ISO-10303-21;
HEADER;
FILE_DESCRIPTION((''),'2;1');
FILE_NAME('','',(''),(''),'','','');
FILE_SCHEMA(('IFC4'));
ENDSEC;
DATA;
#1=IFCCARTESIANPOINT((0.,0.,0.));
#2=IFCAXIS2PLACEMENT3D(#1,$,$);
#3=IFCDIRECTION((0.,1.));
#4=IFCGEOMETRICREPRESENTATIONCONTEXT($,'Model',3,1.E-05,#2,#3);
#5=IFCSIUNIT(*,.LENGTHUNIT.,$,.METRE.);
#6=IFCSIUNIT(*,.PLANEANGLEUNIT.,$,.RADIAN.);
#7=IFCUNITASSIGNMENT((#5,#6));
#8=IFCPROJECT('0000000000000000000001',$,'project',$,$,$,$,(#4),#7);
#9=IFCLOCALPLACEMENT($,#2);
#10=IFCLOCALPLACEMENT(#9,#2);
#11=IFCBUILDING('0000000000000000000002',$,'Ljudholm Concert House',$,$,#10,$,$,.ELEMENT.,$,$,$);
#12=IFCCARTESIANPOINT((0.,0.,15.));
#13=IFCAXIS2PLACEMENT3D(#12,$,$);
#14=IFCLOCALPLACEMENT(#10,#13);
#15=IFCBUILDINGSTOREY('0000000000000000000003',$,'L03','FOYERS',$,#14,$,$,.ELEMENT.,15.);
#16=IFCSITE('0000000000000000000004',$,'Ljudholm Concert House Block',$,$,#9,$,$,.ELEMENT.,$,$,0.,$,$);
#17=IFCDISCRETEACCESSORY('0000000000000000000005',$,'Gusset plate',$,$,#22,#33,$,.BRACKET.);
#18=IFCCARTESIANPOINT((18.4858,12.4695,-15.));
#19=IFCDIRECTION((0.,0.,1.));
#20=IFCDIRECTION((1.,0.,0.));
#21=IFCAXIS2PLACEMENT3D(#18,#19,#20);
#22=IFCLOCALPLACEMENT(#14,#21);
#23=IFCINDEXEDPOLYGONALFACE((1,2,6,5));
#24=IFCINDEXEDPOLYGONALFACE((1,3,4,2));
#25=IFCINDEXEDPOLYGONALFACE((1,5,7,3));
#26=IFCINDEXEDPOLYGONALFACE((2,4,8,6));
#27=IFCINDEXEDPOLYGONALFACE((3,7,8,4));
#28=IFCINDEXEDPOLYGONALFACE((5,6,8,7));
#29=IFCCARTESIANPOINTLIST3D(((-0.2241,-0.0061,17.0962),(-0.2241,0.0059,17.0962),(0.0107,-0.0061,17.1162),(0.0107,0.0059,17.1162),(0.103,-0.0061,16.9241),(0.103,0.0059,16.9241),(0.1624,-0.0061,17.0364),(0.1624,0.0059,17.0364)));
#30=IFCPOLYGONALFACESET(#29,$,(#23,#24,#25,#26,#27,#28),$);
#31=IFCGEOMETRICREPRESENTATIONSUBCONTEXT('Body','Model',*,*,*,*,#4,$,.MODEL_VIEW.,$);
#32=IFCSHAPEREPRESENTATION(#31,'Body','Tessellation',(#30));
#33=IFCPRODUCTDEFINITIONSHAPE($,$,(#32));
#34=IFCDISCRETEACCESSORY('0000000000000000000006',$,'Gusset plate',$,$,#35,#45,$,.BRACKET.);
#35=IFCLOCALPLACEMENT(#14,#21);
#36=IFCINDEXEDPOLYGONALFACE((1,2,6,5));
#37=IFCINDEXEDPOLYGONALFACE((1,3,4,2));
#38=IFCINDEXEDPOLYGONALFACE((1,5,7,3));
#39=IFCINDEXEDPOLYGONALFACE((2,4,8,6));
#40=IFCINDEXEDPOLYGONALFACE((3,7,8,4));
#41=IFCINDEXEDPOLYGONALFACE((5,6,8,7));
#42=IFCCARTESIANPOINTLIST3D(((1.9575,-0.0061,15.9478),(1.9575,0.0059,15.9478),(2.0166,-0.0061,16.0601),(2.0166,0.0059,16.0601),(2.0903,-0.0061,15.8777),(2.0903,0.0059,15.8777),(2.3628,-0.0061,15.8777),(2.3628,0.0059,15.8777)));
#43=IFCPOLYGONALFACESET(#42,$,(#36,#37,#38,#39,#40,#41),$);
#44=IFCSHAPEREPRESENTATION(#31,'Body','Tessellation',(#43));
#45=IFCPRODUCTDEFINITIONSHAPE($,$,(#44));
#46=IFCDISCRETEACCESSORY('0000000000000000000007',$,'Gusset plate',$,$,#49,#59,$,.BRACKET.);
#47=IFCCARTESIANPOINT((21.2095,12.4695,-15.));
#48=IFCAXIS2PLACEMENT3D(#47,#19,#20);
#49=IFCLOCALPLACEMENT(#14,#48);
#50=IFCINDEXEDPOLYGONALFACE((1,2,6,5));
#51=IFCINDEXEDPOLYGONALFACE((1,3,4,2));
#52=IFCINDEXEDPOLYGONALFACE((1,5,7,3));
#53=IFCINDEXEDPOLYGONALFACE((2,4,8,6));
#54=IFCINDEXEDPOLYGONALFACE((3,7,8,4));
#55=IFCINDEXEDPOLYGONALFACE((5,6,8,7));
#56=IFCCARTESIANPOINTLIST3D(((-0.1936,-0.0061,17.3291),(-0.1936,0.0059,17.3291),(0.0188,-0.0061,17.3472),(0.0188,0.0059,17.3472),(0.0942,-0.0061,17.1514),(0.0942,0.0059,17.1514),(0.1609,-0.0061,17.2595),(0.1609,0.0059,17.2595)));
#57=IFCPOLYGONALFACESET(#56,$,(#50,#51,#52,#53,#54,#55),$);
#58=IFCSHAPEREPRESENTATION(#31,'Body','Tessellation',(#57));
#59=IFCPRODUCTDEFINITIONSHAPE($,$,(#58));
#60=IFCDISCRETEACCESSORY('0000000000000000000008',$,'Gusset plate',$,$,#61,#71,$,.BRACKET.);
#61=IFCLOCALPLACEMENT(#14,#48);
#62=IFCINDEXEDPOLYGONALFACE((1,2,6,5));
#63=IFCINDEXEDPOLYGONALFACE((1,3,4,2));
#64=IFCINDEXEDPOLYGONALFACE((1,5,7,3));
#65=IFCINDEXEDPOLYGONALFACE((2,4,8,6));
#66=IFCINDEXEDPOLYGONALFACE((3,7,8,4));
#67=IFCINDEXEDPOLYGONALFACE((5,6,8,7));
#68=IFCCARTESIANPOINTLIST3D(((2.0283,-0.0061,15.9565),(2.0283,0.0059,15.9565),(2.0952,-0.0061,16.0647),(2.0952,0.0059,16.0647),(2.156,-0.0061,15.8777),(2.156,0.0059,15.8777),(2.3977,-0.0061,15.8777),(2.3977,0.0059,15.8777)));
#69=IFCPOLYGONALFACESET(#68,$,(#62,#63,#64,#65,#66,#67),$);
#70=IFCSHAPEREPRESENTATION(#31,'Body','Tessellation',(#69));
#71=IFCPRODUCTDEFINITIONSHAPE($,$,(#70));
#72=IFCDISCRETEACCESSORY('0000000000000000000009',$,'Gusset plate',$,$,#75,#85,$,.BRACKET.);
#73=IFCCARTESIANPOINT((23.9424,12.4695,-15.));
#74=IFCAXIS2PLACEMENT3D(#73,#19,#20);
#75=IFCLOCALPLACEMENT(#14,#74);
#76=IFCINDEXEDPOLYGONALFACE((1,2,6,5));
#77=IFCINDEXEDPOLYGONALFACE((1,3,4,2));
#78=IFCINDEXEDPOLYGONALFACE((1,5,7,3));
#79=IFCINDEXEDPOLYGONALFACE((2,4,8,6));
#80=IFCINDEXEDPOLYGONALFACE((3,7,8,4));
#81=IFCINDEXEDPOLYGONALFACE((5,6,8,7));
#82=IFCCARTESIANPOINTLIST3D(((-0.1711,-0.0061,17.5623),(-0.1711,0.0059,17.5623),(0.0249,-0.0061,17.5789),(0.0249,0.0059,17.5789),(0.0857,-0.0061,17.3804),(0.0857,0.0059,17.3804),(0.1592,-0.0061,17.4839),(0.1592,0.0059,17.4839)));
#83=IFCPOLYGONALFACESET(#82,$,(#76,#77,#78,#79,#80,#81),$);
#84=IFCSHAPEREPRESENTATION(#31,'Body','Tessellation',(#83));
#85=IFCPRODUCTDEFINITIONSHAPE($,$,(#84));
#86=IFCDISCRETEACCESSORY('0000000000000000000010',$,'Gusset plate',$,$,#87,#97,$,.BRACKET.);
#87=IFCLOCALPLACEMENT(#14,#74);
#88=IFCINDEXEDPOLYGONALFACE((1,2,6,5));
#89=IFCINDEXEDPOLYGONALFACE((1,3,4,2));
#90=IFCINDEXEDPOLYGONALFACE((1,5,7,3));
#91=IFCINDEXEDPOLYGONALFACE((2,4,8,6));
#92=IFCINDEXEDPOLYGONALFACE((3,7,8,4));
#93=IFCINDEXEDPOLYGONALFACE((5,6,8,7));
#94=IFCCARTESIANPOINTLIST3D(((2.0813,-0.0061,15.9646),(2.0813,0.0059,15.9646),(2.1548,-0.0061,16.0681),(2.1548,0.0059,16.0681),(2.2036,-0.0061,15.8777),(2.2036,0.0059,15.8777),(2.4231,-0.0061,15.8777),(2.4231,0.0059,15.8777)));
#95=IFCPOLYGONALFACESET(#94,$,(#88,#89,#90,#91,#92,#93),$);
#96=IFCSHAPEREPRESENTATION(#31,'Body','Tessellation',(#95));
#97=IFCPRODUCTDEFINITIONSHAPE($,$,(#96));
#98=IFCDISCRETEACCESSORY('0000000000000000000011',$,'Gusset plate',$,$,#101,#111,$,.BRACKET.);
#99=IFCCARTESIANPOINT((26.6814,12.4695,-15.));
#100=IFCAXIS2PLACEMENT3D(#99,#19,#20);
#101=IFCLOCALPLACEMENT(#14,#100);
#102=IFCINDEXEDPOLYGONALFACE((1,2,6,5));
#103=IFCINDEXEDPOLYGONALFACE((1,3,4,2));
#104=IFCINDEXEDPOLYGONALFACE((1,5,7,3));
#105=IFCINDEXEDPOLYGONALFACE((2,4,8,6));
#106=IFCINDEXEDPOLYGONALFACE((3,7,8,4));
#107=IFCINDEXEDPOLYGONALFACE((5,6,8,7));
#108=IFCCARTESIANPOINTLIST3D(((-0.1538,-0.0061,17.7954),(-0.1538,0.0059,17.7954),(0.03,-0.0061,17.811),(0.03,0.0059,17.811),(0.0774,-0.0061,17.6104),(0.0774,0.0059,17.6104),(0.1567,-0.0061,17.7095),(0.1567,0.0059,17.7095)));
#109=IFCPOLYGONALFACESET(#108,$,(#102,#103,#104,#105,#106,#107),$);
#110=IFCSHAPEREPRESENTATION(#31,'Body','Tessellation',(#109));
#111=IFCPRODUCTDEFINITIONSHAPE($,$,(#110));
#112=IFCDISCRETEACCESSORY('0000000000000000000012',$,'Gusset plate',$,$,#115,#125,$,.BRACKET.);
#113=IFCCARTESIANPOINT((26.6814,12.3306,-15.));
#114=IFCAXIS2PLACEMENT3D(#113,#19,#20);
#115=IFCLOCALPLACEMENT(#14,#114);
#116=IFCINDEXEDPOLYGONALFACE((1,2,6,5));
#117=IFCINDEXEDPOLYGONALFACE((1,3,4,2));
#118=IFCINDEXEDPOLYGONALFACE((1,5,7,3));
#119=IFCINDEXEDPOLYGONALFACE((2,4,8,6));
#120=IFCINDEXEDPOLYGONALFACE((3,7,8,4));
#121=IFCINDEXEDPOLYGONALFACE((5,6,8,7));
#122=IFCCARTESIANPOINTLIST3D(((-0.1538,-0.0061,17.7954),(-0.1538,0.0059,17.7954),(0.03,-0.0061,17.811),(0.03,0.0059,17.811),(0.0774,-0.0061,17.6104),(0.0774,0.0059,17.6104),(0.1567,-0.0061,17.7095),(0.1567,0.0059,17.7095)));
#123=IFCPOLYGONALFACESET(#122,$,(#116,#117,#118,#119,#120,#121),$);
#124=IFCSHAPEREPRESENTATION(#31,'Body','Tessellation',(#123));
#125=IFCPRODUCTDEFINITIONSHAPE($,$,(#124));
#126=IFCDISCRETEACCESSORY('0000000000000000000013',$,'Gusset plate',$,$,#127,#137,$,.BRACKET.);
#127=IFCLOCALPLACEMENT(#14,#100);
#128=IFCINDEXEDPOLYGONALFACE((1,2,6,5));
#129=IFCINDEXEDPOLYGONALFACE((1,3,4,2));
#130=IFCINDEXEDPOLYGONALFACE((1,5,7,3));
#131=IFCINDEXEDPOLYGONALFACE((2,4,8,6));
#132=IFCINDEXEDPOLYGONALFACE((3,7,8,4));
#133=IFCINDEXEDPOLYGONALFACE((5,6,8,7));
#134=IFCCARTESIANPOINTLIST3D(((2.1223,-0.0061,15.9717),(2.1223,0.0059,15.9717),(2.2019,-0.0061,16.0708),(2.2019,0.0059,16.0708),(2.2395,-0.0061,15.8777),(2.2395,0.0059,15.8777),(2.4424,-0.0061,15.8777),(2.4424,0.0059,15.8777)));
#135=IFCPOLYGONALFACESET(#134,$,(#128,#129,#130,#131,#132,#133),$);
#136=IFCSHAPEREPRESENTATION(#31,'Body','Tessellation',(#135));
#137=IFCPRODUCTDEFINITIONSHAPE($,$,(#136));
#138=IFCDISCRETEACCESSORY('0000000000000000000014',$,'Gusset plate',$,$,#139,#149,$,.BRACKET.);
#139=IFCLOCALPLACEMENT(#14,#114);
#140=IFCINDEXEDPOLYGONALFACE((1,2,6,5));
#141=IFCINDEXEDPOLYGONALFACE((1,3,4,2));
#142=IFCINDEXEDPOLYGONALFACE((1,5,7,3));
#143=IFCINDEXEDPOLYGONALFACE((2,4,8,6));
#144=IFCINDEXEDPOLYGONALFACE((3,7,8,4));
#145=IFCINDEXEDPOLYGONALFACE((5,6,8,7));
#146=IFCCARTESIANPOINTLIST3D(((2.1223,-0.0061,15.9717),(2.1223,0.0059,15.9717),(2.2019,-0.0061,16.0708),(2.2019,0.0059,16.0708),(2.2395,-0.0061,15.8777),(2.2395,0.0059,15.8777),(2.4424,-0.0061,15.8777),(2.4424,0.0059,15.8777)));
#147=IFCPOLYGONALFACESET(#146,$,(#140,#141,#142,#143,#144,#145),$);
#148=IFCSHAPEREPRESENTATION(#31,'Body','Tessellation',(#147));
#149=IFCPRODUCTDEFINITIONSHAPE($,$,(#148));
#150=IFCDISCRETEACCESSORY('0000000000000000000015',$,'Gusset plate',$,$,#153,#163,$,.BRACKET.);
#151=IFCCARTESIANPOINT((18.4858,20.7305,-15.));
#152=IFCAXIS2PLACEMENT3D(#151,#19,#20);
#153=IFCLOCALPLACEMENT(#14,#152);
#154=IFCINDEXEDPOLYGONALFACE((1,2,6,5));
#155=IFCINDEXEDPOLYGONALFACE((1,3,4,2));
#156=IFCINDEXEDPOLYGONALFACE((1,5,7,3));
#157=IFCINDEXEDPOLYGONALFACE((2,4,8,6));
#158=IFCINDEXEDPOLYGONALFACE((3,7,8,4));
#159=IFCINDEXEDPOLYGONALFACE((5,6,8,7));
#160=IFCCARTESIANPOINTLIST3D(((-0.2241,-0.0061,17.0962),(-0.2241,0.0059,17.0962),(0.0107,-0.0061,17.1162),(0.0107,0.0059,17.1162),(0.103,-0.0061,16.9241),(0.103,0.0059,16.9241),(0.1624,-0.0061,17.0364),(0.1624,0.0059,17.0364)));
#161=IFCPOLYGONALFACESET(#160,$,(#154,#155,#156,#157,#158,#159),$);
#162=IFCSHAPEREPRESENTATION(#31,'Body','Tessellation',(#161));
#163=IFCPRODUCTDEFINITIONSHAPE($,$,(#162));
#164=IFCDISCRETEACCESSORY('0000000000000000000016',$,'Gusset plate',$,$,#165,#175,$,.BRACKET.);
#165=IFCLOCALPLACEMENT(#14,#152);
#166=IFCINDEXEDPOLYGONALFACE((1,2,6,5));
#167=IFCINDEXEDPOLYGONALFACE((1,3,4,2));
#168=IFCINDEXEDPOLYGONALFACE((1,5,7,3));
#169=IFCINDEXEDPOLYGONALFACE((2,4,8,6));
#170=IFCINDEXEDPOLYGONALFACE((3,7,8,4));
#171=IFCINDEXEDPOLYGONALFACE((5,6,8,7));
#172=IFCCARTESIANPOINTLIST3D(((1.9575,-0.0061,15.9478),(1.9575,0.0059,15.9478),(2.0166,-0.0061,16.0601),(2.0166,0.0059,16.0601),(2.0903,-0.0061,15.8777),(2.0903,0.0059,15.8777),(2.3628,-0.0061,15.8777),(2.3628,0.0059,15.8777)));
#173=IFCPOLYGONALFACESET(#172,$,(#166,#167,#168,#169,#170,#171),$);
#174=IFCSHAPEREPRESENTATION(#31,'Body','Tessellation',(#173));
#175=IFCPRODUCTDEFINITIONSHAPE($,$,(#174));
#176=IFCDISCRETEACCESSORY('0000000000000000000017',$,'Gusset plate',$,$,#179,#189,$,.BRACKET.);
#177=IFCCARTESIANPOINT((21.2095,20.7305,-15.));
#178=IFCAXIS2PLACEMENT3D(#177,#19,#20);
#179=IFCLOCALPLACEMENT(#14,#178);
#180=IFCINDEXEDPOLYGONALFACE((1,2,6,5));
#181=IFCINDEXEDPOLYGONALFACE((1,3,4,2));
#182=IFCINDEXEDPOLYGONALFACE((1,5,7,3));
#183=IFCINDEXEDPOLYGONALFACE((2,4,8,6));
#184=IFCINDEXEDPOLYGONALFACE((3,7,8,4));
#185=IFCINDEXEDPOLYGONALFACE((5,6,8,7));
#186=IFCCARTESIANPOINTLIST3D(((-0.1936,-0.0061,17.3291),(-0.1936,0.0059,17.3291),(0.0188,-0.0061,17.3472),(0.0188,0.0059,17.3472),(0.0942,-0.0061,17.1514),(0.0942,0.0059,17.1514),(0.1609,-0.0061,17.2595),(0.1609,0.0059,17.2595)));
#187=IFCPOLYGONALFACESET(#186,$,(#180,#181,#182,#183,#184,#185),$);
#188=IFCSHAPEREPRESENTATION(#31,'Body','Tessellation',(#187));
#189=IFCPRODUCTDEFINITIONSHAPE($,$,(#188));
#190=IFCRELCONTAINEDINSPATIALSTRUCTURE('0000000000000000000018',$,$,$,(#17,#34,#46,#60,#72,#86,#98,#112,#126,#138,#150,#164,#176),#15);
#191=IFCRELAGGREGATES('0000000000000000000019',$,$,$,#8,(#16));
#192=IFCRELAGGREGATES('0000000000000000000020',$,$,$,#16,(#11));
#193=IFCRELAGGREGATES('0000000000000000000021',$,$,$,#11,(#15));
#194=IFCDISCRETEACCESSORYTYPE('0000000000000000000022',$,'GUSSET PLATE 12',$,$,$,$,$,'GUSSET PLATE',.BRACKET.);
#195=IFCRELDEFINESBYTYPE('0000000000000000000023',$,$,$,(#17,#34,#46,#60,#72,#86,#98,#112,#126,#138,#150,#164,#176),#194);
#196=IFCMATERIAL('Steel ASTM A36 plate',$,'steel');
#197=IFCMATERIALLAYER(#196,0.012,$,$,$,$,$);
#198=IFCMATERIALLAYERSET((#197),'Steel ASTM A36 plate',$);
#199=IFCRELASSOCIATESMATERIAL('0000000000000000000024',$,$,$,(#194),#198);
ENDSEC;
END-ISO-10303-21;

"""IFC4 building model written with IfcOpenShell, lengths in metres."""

from ifc_helpers import new_model, si_unit, direction, frame, origin, place, context, subcontext, project, spatial, polyline, outline, extrude, material, layer, layer_set, type_object, element, save


model = new_model("IFC4")

# Units and contexts
model_context = context("Model", 3, precision=1e-05, world=origin(), true_north=direction((0.0, 1.0)))
body_context = subcontext(model_context, "Body", "Model", "MODEL_VIEW")
ifc_project = project(units=[si_unit("LENGTHUNIT", "METRE"), si_unit("PLANEANGLEUNIT", "RADIAN")], contexts=[model_context])

# Site, building, storey
site_placement = place(None, origin())
site = spatial("IfcSite", under=ifc_project, at=site_placement, Name="Ljudholm Concert House Block", CompositionType="ELEMENT", RefElevation=0.0)
building_placement = place(site_placement, origin())
building = spatial("IfcBuilding", under=site, at=building_placement, Name="Ljudholm Concert House", CompositionType="ELEMENT")
storey_placement = place(building_placement, frame((0.0, 0.0, 15.0)))
storey = spatial("IfcBuildingStorey", under=building, at=storey_placement, Name="L03", Description="FOYERS", CompositionType="ELEMENT", Elevation=15.0)

# Discrete accessories
ifc_material_1 = material(Name="Steel ASTM A36 plate", Category="steel")
ifc_layer_1 = layer(ifc_material_1, 0.012)
ifc_layer_set_1 = layer_set([ifc_layer_1], Name="Steel ASTM A36 plate")
discrete_accessory_type_1 = type_object("IfcDiscreteAccessoryType", Name="GUSSET PLATE 12", ElementType="GUSSET PLATE", PredefinedType="BRACKET", material=ifc_layer_set_1)
discrete_accessory_1_placement = place(storey_placement, frame((18.4858, 12.4695, -15.0), z_axis=(0.0, 0.0, 1.0), x_axis=(1.0, 0.0, 0.0)))
element("IfcDiscreteAccessory", 1, at=discrete_accessory_1_placement, inside=storey, type_object=discrete_accessory_type_1, Name="Gusset plate", PredefinedType="BRACKET", context=body_context, shape_type="SweptSolid", body=[
    extrude(outline(polyline([(0.103, 16.9241), (-0.2241, 17.0962), (0.0107, 17.1162), (0.1624, 17.0364), (0.103, 16.9241)])), frame((0.0, 0.0059, 0.0), z_axis=(0.0, -1.0, 0.0), x_axis=(1.0, 0.0, 0.0)), (0.0, 0.0, 1.0), 0.012),
])
discrete_accessory_2_placement = place(storey_placement, frame((18.4858, 12.4695, -15.0), z_axis=(0.0, 0.0, 1.0), x_axis=(1.0, 0.0, 0.0)))
element("IfcDiscreteAccessory", 2, at=discrete_accessory_2_placement, inside=storey, type_object=discrete_accessory_type_1, Name="Gusset plate", PredefinedType="BRACKET", context=body_context, shape_type="SweptSolid", body=[
    extrude(outline(polyline([(2.0166, 16.0601), (2.3628, 15.8777), (2.0903, 15.8777), (1.9575, 15.9478), (2.0166, 16.0601)])), frame((0.0, 0.0059, 0.0), z_axis=(0.0, -1.0, 0.0), x_axis=(1.0, 0.0, 0.0)), (0.0, 0.0, 1.0), 0.012),
])
discrete_accessory_3_placement = place(storey_placement, frame((21.2095, 12.4695, -15.0), z_axis=(0.0, 0.0, 1.0), x_axis=(1.0, 0.0, 0.0)))
element("IfcDiscreteAccessory", 3, at=discrete_accessory_3_placement, inside=storey, type_object=discrete_accessory_type_1, Name="Gusset plate", PredefinedType="BRACKET", context=body_context, shape_type="SweptSolid", body=[
    extrude(outline(polyline([(0.0942, 17.1514), (-0.1936, 17.3291), (0.0188, 17.3472), (0.1609, 17.2595), (0.0942, 17.1514)])), frame((0.0, 0.0059, 0.0), z_axis=(0.0, -1.0, 0.0), x_axis=(1.0, 0.0, 0.0)), (0.0, 0.0, 1.0), 0.012),
])
discrete_accessory_4_placement = place(storey_placement, frame((21.2095, 12.4695, -15.0), z_axis=(0.0, 0.0, 1.0), x_axis=(1.0, 0.0, 0.0)))
element("IfcDiscreteAccessory", 4, at=discrete_accessory_4_placement, inside=storey, type_object=discrete_accessory_type_1, Name="Gusset plate", PredefinedType="BRACKET", context=body_context, shape_type="SweptSolid", body=[
    extrude(outline(polyline([(2.0952, 16.0647), (2.3977, 15.8777), (2.156, 15.8777), (2.0283, 15.9565), (2.0952, 16.0647)])), frame((0.0, 0.0059, 0.0), z_axis=(0.0, -1.0, 0.0), x_axis=(1.0, 0.0, 0.0)), (0.0, 0.0, 1.0), 0.012),
])
discrete_accessory_5_placement = place(storey_placement, frame((23.9424, 12.4695, -15.0), z_axis=(0.0, 0.0, 1.0), x_axis=(1.0, 0.0, 0.0)))
element("IfcDiscreteAccessory", 5, at=discrete_accessory_5_placement, inside=storey, type_object=discrete_accessory_type_1, Name="Gusset plate", PredefinedType="BRACKET", context=body_context, shape_type="SweptSolid", body=[
    extrude(outline(polyline([(0.0857, 17.3804), (-0.1711, 17.5623), (0.0249, 17.5789), (0.1592, 17.4839), (0.0857, 17.3804)])), frame((0.0, 0.0059, 0.0), z_axis=(0.0, -1.0, 0.0), x_axis=(1.0, 0.0, 0.0)), (0.0, 0.0, 1.0), 0.012),
])
discrete_accessory_6_placement = place(storey_placement, frame((23.9424, 12.4695, -15.0), z_axis=(0.0, 0.0, 1.0), x_axis=(1.0, 0.0, 0.0)))
element("IfcDiscreteAccessory", 6, at=discrete_accessory_6_placement, inside=storey, type_object=discrete_accessory_type_1, Name="Gusset plate", PredefinedType="BRACKET", context=body_context, shape_type="SweptSolid", body=[
    extrude(outline(polyline([(2.1548, 16.0681), (2.4231, 15.8777), (2.2036, 15.8777), (2.0813, 15.9646), (2.1548, 16.0681)])), frame((0.0, 0.0059, 0.0), z_axis=(0.0, -1.0, 0.0), x_axis=(1.0, 0.0, 0.0)), (0.0, 0.0, 1.0), 0.012),
])
for number, where, z_axis, x_axis, name in (
    (7, (26.6814, 12.4695, -15.0), (0.0, 0.0, 1.0), (1.0, 0.0, 0.0), "Gusset plate"),
    (8, (26.6814, 12.3306, -15.0), (0.0, 0.0, 1.0), (1.0, 0.0, 0.0), "Gusset plate"),
):
    element("IfcDiscreteAccessory", number, at=place(storey_placement, frame(where, z_axis=z_axis, x_axis=x_axis)), inside=storey, type_object=discrete_accessory_type_1, Name=name, PredefinedType="BRACKET", context=body_context, shape_type="SweptSolid", body=[
        extrude(outline(polyline([(0.0774, 17.6104), (-0.1538, 17.7954), (0.03, 17.811), (0.1567, 17.7095), (0.0774, 17.6104)])), frame((0.0, 0.0059, 0.0), z_axis=(0.0, -1.0, 0.0), x_axis=(1.0, 0.0, 0.0)), (0.0, 0.0, 1.0), 0.012),
    ])
for number, where, z_axis, x_axis, name in (
    (9, (26.6814, 12.4695, -15.0), (0.0, 0.0, 1.0), (1.0, 0.0, 0.0), "Gusset plate"),
    (10, (26.6814, 12.3306, -15.0), (0.0, 0.0, 1.0), (1.0, 0.0, 0.0), "Gusset plate"),
):
    element("IfcDiscreteAccessory", number, at=place(storey_placement, frame(where, z_axis=z_axis, x_axis=x_axis)), inside=storey, type_object=discrete_accessory_type_1, Name=name, PredefinedType="BRACKET", context=body_context, shape_type="SweptSolid", body=[
        extrude(outline(polyline([(2.2019, 16.0708), (2.4424, 15.8777), (2.2395, 15.8777), (2.1223, 15.9717), (2.2019, 16.0708)])), frame((0.0, 0.0059, 0.0), z_axis=(0.0, -1.0, 0.0), x_axis=(1.0, 0.0, 0.0)), (0.0, 0.0, 1.0), 0.012),
    ])
discrete_accessory_7_placement = place(storey_placement, frame((18.4858, 20.7305, -15.0), z_axis=(0.0, 0.0, 1.0), x_axis=(1.0, 0.0, 0.0)))
element("IfcDiscreteAccessory", 11, at=discrete_accessory_7_placement, inside=storey, type_object=discrete_accessory_type_1, Name="Gusset plate", PredefinedType="BRACKET", context=body_context, shape_type="SweptSolid", body=[
    extrude(outline(polyline([(0.103, 16.9241), (-0.2241, 17.0962), (0.0107, 17.1162), (0.1624, 17.0364), (0.103, 16.9241)])), frame((0.0, 0.0059, 0.0), z_axis=(0.0, -1.0, 0.0), x_axis=(1.0, 0.0, 0.0)), (0.0, 0.0, 1.0), 0.012),
])
discrete_accessory_8_placement = place(storey_placement, frame((18.4858, 20.7305, -15.0), z_axis=(0.0, 0.0, 1.0), x_axis=(1.0, 0.0, 0.0)))
element("IfcDiscreteAccessory", 12, at=discrete_accessory_8_placement, inside=storey, type_object=discrete_accessory_type_1, Name="Gusset plate", PredefinedType="BRACKET", context=body_context, shape_type="SweptSolid", body=[
    extrude(outline(polyline([(2.0166, 16.0601), (2.3628, 15.8777), (2.0903, 15.8777), (1.9575, 15.9478), (2.0166, 16.0601)])), frame((0.0, 0.0059, 0.0), z_axis=(0.0, -1.0, 0.0), x_axis=(1.0, 0.0, 0.0)), (0.0, 0.0, 1.0), 0.012),
])
discrete_accessory_9_placement = place(storey_placement, frame((21.2095, 20.7305, -15.0), z_axis=(0.0, 0.0, 1.0), x_axis=(1.0, 0.0, 0.0)))
element("IfcDiscreteAccessory", 13, at=discrete_accessory_9_placement, inside=storey, type_object=discrete_accessory_type_1, Name="Gusset plate", PredefinedType="BRACKET", context=body_context, shape_type="SweptSolid", body=[
    extrude(outline(polyline([(0.0942, 17.1514), (-0.1936, 17.3291), (0.0188, 17.3472), (0.1609, 17.2595), (0.0942, 17.1514)])), frame((0.0, 0.0059, 0.0), z_axis=(0.0, -1.0, 0.0), x_axis=(1.0, 0.0, 0.0)), (0.0, 0.0, 1.0), 0.012),
])

save(model, "model.ifc")
